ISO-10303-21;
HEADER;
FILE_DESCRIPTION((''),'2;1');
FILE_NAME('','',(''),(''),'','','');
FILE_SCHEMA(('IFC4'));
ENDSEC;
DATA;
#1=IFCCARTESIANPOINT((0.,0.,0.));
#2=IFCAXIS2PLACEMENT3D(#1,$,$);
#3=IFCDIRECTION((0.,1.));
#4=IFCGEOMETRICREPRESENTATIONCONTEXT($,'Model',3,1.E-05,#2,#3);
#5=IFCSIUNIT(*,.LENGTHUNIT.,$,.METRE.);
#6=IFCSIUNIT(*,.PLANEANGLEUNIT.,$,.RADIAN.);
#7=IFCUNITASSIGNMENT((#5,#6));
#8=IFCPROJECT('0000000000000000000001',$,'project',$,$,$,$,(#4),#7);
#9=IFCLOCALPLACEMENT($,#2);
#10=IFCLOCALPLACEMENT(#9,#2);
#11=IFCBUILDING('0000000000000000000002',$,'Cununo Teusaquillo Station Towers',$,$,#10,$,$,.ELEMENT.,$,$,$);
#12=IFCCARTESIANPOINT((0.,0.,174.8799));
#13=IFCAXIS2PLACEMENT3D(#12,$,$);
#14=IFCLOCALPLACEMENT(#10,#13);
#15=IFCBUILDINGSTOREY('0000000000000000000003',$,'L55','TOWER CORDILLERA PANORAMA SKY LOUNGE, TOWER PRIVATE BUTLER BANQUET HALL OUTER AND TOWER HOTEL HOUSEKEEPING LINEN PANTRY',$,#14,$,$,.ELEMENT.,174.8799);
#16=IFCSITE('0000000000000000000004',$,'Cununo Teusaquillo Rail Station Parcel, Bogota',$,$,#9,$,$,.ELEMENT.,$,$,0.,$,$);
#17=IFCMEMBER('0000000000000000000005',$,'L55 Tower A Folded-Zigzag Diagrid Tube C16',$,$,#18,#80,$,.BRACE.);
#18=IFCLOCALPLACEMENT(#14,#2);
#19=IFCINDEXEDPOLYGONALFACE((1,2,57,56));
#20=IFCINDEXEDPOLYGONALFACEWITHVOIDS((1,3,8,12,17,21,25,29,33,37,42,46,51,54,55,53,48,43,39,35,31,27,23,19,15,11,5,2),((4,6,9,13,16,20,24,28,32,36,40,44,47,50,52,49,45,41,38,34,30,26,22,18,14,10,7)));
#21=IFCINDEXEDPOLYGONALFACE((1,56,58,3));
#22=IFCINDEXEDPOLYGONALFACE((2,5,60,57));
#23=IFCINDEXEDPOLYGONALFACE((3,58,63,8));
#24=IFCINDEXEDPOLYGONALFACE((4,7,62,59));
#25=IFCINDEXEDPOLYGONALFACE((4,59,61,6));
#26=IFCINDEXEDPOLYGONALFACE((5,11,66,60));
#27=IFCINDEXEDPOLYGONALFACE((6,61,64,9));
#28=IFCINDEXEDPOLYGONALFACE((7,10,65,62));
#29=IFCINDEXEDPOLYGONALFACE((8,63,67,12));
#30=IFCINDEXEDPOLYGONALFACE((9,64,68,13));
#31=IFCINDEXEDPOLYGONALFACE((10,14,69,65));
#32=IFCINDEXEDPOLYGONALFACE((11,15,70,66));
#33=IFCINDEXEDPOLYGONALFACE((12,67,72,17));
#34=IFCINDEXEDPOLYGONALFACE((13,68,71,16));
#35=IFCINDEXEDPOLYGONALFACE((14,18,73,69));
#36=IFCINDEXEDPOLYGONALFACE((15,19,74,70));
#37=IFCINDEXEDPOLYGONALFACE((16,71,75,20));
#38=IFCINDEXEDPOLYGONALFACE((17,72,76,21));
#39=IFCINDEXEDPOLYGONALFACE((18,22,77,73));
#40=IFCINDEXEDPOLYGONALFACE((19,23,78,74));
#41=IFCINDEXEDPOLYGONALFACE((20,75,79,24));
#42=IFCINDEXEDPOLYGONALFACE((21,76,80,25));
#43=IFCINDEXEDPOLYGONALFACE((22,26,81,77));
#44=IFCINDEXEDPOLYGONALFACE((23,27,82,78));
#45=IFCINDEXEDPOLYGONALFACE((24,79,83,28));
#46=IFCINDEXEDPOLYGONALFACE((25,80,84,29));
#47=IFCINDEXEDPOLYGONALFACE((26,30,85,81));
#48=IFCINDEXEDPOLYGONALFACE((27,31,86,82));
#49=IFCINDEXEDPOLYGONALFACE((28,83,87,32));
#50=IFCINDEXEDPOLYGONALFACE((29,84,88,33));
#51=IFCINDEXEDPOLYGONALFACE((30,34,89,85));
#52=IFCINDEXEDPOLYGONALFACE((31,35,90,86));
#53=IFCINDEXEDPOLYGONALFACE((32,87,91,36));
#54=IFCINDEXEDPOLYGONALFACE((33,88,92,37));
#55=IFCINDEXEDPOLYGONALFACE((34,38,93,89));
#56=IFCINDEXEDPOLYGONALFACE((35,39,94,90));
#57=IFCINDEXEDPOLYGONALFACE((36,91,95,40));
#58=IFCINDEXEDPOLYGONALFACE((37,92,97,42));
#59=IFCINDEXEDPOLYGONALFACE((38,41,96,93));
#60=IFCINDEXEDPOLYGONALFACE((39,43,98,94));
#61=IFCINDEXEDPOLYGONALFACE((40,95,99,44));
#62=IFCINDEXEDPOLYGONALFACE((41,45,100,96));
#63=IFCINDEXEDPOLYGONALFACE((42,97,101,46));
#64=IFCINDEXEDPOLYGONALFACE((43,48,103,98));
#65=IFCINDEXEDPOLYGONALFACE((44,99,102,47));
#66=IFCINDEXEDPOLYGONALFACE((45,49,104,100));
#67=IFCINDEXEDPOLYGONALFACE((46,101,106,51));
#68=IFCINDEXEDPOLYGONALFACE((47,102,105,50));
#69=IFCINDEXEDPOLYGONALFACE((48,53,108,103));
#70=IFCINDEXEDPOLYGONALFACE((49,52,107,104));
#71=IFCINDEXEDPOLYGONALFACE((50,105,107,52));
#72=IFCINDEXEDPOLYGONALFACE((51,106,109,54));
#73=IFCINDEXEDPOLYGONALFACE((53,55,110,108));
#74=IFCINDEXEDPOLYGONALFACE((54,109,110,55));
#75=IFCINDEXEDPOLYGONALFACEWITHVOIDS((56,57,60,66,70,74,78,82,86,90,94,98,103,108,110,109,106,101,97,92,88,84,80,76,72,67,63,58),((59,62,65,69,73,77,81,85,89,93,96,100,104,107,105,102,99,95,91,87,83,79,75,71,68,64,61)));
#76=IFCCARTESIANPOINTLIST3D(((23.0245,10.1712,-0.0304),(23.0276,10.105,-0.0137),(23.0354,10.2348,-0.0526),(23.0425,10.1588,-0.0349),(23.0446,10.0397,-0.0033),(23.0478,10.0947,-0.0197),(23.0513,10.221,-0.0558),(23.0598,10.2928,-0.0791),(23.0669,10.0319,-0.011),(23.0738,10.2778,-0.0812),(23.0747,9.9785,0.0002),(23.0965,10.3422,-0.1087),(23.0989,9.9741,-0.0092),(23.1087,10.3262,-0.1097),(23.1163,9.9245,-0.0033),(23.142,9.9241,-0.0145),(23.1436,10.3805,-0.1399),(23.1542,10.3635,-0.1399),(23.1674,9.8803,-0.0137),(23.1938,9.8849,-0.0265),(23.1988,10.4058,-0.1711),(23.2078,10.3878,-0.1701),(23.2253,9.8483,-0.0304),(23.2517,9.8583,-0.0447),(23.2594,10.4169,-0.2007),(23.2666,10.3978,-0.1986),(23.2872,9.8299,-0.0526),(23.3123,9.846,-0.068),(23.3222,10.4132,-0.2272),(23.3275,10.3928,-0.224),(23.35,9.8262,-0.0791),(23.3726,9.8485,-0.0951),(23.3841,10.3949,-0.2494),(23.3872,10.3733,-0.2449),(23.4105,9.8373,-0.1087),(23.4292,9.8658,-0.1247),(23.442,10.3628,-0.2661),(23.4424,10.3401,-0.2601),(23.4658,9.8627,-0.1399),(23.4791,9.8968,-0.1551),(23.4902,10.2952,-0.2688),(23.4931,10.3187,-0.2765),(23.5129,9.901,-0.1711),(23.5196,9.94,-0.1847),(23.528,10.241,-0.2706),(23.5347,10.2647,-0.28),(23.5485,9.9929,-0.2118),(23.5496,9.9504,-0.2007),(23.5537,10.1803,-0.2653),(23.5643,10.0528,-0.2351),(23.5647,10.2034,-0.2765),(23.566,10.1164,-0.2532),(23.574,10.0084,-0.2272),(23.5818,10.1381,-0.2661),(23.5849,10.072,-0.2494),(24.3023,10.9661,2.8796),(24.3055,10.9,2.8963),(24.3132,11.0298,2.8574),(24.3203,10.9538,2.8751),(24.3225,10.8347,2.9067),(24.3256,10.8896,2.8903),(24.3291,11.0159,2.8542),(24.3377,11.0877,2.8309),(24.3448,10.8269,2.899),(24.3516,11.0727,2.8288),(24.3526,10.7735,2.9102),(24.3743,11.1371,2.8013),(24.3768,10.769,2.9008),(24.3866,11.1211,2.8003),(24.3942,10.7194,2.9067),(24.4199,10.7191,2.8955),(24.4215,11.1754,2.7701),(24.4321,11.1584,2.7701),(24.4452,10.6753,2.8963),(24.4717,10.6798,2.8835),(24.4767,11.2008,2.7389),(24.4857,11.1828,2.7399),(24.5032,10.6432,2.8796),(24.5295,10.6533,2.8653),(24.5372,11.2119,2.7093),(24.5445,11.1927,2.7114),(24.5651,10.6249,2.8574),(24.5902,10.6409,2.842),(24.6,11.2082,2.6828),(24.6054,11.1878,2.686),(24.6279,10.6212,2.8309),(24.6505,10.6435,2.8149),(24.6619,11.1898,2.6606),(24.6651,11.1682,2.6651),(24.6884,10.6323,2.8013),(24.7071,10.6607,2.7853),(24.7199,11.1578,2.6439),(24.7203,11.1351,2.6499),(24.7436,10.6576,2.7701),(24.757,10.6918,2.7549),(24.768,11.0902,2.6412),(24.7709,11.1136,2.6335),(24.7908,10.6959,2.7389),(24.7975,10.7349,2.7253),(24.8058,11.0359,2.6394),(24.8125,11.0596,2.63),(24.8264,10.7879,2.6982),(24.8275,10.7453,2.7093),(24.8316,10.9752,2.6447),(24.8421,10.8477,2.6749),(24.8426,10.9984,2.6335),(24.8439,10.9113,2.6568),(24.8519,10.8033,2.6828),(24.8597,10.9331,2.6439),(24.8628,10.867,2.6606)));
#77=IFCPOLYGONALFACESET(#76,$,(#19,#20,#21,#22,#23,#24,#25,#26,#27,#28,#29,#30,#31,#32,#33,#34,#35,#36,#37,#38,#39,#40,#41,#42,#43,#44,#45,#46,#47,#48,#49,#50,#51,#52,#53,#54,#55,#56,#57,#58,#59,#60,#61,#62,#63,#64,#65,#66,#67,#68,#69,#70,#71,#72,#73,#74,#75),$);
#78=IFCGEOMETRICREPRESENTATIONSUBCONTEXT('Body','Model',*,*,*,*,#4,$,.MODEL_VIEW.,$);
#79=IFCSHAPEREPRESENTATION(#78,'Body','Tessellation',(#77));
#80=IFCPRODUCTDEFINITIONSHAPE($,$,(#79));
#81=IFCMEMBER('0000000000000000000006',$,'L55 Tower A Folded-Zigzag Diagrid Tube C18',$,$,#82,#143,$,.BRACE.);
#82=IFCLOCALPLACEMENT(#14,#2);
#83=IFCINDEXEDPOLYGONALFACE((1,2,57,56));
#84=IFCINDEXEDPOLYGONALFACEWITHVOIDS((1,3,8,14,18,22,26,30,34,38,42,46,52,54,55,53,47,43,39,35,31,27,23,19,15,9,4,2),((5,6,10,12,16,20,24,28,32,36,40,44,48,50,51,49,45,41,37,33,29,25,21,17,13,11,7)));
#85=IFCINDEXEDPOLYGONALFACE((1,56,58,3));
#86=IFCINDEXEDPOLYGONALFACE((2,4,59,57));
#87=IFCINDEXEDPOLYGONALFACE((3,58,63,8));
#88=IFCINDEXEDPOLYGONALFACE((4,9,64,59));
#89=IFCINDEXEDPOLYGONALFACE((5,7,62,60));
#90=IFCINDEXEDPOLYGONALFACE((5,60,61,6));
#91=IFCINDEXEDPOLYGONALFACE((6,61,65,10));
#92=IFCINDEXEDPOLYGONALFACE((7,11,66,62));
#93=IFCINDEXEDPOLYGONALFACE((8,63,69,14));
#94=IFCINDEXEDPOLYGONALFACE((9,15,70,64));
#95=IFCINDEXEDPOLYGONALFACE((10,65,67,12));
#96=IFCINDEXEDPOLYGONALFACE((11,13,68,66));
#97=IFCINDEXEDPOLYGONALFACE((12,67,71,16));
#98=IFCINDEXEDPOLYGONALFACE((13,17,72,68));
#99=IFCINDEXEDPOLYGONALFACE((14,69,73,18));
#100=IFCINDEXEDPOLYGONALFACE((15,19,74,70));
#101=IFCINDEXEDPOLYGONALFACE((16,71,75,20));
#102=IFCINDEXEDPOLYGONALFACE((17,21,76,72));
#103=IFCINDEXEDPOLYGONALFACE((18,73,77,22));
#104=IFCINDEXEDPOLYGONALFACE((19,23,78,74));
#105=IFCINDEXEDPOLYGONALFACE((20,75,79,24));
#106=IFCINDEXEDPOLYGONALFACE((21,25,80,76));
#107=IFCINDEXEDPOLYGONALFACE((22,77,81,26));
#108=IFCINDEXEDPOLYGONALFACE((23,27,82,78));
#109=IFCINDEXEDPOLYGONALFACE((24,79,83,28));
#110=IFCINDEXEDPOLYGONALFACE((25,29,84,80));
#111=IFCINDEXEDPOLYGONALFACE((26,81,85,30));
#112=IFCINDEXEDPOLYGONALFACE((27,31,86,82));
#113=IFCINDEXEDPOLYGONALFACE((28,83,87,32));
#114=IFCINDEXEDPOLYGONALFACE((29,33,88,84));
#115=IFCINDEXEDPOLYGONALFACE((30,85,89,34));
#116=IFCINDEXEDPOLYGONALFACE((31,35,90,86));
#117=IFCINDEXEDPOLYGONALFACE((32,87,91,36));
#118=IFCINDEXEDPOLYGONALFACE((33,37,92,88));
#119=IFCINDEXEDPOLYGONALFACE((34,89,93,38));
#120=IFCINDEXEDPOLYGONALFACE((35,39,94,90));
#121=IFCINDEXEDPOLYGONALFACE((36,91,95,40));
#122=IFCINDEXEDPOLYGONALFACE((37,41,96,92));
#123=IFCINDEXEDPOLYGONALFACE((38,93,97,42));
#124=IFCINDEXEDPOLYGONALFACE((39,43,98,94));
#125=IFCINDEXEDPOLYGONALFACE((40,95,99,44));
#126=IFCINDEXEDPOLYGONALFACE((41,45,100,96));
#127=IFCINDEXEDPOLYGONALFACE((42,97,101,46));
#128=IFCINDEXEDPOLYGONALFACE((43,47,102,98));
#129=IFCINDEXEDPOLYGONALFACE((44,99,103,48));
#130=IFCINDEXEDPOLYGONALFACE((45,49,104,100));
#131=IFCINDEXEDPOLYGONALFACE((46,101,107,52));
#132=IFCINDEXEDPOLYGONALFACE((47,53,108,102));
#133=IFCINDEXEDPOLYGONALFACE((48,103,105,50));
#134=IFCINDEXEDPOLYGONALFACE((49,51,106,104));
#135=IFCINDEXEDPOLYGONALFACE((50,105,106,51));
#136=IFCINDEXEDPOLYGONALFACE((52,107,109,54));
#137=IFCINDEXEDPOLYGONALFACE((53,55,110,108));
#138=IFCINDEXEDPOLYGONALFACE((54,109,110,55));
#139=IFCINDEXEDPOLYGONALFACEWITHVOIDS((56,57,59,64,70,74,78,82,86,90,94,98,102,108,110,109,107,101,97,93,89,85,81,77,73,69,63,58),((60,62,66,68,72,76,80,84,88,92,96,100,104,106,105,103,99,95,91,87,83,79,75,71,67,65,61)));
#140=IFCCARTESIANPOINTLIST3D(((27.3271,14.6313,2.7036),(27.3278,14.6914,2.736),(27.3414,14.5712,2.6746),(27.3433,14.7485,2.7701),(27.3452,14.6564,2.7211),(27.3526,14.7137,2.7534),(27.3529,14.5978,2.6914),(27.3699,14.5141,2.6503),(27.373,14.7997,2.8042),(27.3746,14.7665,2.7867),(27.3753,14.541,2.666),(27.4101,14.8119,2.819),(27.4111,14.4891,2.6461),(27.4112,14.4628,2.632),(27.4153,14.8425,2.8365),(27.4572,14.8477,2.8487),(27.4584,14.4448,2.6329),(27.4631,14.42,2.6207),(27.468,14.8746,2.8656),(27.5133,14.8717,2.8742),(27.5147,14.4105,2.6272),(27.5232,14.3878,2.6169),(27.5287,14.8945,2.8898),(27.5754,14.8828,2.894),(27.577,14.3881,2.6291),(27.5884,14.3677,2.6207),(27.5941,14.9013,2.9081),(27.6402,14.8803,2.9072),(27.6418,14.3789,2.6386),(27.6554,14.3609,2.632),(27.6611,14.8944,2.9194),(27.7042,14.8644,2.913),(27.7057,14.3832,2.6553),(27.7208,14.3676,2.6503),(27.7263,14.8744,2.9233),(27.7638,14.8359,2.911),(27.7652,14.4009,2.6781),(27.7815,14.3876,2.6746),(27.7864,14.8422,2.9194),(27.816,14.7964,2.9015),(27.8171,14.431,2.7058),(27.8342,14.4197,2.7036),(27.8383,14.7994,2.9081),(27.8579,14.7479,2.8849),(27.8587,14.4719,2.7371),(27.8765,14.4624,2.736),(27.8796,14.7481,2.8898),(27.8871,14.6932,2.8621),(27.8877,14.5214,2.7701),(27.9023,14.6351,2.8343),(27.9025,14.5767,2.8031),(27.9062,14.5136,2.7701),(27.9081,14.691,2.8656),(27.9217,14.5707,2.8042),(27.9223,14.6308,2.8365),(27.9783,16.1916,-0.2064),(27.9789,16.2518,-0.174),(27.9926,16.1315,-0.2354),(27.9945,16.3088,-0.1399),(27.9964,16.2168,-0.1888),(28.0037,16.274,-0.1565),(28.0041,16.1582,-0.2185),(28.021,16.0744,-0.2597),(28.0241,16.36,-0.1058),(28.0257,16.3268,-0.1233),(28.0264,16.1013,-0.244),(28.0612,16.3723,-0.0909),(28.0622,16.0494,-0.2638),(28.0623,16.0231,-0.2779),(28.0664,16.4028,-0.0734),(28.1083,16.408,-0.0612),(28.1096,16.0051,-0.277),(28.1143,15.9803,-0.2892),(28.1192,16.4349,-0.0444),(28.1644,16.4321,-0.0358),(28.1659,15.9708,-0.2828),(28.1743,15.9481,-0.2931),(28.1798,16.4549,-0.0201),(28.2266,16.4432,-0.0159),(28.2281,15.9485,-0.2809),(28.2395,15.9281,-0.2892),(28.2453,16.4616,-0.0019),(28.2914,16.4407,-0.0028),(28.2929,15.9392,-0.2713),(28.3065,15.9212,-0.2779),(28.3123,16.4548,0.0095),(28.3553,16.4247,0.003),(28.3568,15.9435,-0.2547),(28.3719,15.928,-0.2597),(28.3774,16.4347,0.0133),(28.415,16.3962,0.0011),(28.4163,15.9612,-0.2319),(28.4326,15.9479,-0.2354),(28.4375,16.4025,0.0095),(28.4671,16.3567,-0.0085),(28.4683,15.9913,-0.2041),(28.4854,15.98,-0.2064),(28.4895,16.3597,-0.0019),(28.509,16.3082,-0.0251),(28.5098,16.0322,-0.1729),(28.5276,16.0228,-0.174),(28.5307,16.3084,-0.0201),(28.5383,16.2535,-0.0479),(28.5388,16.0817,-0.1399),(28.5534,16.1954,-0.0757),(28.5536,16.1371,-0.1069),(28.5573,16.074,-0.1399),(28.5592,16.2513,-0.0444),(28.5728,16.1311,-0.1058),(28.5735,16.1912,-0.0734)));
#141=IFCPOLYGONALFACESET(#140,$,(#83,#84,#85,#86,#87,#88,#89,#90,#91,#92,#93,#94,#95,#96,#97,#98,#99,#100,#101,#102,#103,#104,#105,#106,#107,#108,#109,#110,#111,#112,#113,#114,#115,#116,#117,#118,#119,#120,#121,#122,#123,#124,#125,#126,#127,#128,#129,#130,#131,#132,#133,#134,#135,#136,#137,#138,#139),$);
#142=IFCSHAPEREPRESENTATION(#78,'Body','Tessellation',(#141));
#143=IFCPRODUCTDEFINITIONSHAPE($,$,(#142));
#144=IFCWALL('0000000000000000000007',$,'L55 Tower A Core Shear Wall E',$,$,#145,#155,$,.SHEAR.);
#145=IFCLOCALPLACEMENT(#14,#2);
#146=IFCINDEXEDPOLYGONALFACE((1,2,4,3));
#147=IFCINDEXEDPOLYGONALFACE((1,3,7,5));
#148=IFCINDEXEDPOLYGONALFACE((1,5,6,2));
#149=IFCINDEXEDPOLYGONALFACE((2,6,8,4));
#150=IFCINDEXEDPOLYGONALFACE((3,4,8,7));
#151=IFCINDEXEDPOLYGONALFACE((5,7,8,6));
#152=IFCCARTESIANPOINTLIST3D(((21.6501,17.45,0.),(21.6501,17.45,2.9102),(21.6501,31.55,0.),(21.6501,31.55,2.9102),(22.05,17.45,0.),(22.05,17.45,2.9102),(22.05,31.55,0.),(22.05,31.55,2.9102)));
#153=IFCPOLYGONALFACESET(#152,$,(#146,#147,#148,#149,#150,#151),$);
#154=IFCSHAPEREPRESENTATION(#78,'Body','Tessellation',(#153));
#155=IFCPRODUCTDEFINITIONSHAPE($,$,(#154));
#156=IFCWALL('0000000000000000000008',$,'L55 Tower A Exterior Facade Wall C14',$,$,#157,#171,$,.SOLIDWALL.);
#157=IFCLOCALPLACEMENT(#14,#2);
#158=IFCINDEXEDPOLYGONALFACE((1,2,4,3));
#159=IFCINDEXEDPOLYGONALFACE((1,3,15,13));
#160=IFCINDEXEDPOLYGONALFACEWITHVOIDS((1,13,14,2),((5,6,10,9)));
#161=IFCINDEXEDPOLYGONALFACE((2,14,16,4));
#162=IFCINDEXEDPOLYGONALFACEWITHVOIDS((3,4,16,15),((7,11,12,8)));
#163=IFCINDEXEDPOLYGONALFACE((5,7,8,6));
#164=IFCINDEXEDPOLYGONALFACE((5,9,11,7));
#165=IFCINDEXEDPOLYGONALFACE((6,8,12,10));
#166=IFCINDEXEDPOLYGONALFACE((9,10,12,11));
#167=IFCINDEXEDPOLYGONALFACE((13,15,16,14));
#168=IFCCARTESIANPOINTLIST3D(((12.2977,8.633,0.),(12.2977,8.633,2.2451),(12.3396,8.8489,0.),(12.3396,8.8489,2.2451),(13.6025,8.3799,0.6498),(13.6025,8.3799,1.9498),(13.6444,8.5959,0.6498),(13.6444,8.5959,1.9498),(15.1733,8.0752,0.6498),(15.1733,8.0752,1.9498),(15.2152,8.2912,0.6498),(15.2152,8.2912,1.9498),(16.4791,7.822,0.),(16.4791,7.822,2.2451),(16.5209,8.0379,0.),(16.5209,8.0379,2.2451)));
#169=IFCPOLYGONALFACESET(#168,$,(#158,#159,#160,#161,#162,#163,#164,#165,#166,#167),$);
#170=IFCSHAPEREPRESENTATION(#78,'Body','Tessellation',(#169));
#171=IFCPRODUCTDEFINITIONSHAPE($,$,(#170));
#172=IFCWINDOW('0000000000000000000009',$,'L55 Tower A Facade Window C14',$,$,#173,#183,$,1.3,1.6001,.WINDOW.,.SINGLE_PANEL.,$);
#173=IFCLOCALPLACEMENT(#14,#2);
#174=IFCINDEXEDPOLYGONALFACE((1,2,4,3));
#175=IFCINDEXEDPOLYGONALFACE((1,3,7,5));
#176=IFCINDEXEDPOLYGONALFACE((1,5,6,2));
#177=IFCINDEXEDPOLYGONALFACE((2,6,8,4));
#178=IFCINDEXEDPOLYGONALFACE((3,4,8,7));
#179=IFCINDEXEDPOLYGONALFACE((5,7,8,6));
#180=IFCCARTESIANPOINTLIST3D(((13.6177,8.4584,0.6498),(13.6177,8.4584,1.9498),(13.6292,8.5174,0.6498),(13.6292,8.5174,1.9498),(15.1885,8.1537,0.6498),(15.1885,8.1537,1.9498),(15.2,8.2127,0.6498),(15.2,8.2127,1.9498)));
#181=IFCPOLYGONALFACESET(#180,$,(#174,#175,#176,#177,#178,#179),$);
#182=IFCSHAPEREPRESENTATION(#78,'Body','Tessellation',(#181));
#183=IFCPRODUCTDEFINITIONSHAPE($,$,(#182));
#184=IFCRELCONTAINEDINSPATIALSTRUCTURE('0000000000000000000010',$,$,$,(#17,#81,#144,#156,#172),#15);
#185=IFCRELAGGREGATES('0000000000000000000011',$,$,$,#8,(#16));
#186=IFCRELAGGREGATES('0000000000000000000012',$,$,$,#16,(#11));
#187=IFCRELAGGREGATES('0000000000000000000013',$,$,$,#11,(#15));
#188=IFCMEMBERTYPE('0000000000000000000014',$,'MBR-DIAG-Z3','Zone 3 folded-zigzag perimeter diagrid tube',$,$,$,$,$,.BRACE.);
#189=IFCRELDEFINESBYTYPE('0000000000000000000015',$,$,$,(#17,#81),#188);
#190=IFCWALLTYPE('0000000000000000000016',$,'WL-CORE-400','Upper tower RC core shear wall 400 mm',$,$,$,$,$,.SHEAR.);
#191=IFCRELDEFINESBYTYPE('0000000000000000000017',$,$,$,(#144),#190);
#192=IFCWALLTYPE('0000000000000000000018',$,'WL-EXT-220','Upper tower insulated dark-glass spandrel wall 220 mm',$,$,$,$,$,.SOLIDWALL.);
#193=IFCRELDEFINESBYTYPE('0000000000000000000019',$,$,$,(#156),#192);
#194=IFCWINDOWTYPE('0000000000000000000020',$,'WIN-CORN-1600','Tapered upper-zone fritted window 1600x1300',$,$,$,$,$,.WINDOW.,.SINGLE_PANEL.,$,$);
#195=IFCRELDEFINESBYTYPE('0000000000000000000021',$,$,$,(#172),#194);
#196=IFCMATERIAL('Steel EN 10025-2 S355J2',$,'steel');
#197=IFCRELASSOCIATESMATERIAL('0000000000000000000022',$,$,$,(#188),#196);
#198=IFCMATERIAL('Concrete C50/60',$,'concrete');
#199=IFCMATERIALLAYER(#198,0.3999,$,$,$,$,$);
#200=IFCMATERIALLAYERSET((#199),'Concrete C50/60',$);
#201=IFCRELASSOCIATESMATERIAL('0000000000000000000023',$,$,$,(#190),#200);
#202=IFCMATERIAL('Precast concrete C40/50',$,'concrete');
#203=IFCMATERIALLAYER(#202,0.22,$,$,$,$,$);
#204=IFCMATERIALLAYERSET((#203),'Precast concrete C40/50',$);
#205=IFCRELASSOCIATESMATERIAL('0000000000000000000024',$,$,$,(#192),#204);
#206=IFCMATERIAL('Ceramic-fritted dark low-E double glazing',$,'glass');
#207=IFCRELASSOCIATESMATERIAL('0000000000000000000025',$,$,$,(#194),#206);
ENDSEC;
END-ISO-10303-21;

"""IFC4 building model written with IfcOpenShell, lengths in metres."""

from ifc_helpers import new_model, si_unit, direction, frame, frame_2d, origin, origin_2d, place, context, subcontext, project, spatial, rectangle, hollow_circle, extrude, source, transform, mapped, material, layer, layer_set, material_profile, profile_set, type_object, element, fill, save


model = new_model("IFC4")

# Units and contexts
model_context = context("Model", 3, precision=1e-05, world=origin(), true_north=direction((0.0, 1.0)))
body_context = subcontext(model_context, "Body", "Model", "MODEL_VIEW")
ifc_project = project(units=[si_unit("LENGTHUNIT", "METRE"), si_unit("PLANEANGLEUNIT", "RADIAN")], contexts=[model_context])

# Site, building, storey
site_placement = place(None, origin())
site = spatial("IfcSite", under=ifc_project, at=site_placement, Name="Cununo Teusaquillo Rail Station Parcel, Bogota", CompositionType="ELEMENT", RefElevation=0.0)
building_placement = place(site_placement, origin())
building = spatial("IfcBuilding", under=site, at=building_placement, Name="Cununo Teusaquillo Station Towers", CompositionType="ELEMENT")
storey_placement = place(building_placement, frame((0.0, 0.0, 174.8799)))
storey = spatial("IfcBuildingStorey", under=building, at=storey_placement, Name="L55", Description="TOWER CORDILLERA PANORAMA SKY LOUNGE, TOWER PRIVATE BUTLER BANQUET HALL OUTER AND TOWER HOTEL HOUSEKEEPING LINEN PANTRY", CompositionType="ELEMENT", Elevation=174.8799)

# Members
ifc_material_1 = material(Name="Steel EN 10025-2 S355J2", Category="steel")
ifc_material_profile_1 = material_profile(ifc_material_1, hollow_circle(Radius=0.3049, WallThickness=0.02, at=origin_2d()), Name="CHS 610x20")
ifc_profile_set_1 = profile_set([ifc_material_profile_1], Name="Steel EN 10025-2 S355J2")
member_type = type_object("IfcMemberType", Name="MBR-DIAG-Z3", Description="Zone 3 folded-zigzag perimeter diagrid tube", PredefinedType="BRACE", material=ifc_profile_set_1)
member_1_placement = place(storey_placement, frame((23.3047, 10.1216, -0.1399), z_axis=(0.390056, 0.242648, 0.888245), x_axis=(-0.528219, 0.849108, 0.0)))
element("IfcMember", 1, at=member_1_placement, inside=storey, type_object=member_type, Name="L55 Tower A Folded-Zigzag Diagrid Tube C16", PredefinedType="BRACE", context=body_context, shape_type="SweptSolid", body=[
    extrude(hollow_circle(Radius=0.3049, WallThickness=0.02, at=origin_2d()), origin(), (0.0, 0.0, 1.0), 3.2761),
])
member_2_placement = place(storey_placement, frame((28.2759, 16.1914, -0.1399), z_axis=(-0.193474, -0.463627, 0.864649), x_axis=(0.922867, -0.385118, 0.0)))
element("IfcMember", 2, at=member_2_placement, inside=storey, type_object=member_type, Name="L55 Tower A Folded-Zigzag Diagrid Tube C18", PredefinedType="BRACE", context=body_context, shape_type="SweptSolid", body=[
    extrude(hollow_circle(Radius=0.3049, WallThickness=0.02, at=origin_2d()), origin(), (0.0, 0.0, 1.0), 3.3655),
])

# Wall
ifc_material_2 = material(Name="Concrete C50/60", Category="concrete")
ifc_layer_1 = layer(ifc_material_2, 0.3999)
ifc_layer_set_1 = layer_set([ifc_layer_1], Name="Concrete C50/60")
wall_type_1 = type_object("IfcWallType", Name="WL-CORE-400", Description="Upper tower RC core shear wall 400 mm", PredefinedType="SHEAR", material=ifc_layer_set_1)
wall_1_placement = place(storey_placement, frame((21.8501, 17.45, 0.0), z_axis=(0.0, 0.0, 1.0), x_axis=(0.0, 1.0, 0.0)))
element("IfcWall", 3, at=wall_1_placement, inside=storey, type_object=wall_type_1, Name="L55 Tower A Core Shear Wall E", PredefinedType="SHEAR", context=body_context, shape_type="SweptSolid", body=[
    extrude(rectangle(XDim=14.1001, YDim=0.3999, at=frame_2d((7.05, 0.0))), origin(), (0.0, 0.0, 1.0), 2.9102),
])

# Wall, opening, window
ifc_material_3 = material(Name="Precast concrete C40/50", Category="concrete")
ifc_layer_2 = layer(ifc_material_3, 0.22)
ifc_layer_set_2 = layer_set([ifc_layer_2], Name="Precast concrete C40/50")
wall_type_2 = type_object("IfcWallType", Name="WL-EXT-220", Description="Upper tower insulated dark-glass spandrel wall 220 mm", PredefinedType="SOLIDWALL", material=ifc_layer_set_2)
wall_2_placement = place(storey_placement, frame((16.5, 7.9299, 0.0), z_axis=(0.0, 0.0, 1.0), x_axis=(-0.981704, 0.190414, 0.0)))
wall_2 = element("IfcWall", 4, at=wall_2_placement, inside=storey, type_object=wall_type_2, Name="L55 Tower A Exterior Facade Wall C14", PredefinedType="SOLIDWALL", context=body_context, shape_type="SweptSolid", body=[
    extrude(rectangle(XDim=4.2593, YDim=0.22, at=frame_2d((2.1296, 0.0))), origin(), (0.0, 0.0, 1.0), 2.2451),
])
shared_shape_1 = source(origin(), body_context, "Body", "SweptSolid", [
    extrude(rectangle(XDim=1.6001, YDim=1.3, at=frame_2d((0.8, 0.6499))), frame((0.0, 0.1199, 0.0), z_axis=(0.0, -1.0, 0.0), x_axis=(1.0, 0.0, 0.0)), (0.0, 0.0, 1.0), 0.24),
])
opening_1_placement = place(wall_2_placement, frame((1.3301, 0.0, 0.6499)))
opening_1 = element("IfcOpeningElement", 5, at=opening_1_placement, cuts=wall_2, PredefinedType="OPENING", context=body_context, shape_type="MappedRepresentation", body=[
    mapped(shared_shape_1, transform((0.0, 0.0, 0.0), x_axis=(1.0, 0.0, 0.0), y_axis=(0.0, 1.0, 0.0), z_axis=(0.0, 0.0, 1.0), scale=1.0)),
])
ifc_material_4 = material(Name="Ceramic-fritted dark low-E double glazing", Category="glass")
window_type = type_object("IfcWindowType", Name="WIN-CORN-1600", Description="Tapered upper-zone fritted window 1600x1300", PartitioningType="SINGLE_PANEL", PredefinedType="WINDOW", material=ifc_material_4)
shared_shape_2 = source(origin(), body_context, "Body", "SweptSolid", [
    extrude(rectangle(XDim=1.6001, YDim=1.3, at=frame_2d((0.8, 0.6499))), frame((0.0, 0.03, 0.0), z_axis=(0.0, -1.0, 0.0), x_axis=(1.0, 0.0, 0.0)), (0.0, 0.0, 1.0), 0.0601),
])
window_1_placement = place(opening_1_placement, origin())
window_1 = element("IfcWindow", 6, at=window_1_placement, inside=storey, type_object=window_type, Name="L55 Tower A Facade Window C14", OverallHeight=1.3, OverallWidth=1.6001, PartitioningType="SINGLE_PANEL", PredefinedType="WINDOW", context=body_context, shape_type="MappedRepresentation", body=[
    mapped(shared_shape_2, transform((0.0, 0.0, 0.0), x_axis=(1.0, 0.0, 0.0), y_axis=(0.0, 1.0, 0.0), z_axis=(0.0, 0.0, 1.0), scale=1.0)),
])
fill(opening_1, window_1)

save(model, "model.ifc")
